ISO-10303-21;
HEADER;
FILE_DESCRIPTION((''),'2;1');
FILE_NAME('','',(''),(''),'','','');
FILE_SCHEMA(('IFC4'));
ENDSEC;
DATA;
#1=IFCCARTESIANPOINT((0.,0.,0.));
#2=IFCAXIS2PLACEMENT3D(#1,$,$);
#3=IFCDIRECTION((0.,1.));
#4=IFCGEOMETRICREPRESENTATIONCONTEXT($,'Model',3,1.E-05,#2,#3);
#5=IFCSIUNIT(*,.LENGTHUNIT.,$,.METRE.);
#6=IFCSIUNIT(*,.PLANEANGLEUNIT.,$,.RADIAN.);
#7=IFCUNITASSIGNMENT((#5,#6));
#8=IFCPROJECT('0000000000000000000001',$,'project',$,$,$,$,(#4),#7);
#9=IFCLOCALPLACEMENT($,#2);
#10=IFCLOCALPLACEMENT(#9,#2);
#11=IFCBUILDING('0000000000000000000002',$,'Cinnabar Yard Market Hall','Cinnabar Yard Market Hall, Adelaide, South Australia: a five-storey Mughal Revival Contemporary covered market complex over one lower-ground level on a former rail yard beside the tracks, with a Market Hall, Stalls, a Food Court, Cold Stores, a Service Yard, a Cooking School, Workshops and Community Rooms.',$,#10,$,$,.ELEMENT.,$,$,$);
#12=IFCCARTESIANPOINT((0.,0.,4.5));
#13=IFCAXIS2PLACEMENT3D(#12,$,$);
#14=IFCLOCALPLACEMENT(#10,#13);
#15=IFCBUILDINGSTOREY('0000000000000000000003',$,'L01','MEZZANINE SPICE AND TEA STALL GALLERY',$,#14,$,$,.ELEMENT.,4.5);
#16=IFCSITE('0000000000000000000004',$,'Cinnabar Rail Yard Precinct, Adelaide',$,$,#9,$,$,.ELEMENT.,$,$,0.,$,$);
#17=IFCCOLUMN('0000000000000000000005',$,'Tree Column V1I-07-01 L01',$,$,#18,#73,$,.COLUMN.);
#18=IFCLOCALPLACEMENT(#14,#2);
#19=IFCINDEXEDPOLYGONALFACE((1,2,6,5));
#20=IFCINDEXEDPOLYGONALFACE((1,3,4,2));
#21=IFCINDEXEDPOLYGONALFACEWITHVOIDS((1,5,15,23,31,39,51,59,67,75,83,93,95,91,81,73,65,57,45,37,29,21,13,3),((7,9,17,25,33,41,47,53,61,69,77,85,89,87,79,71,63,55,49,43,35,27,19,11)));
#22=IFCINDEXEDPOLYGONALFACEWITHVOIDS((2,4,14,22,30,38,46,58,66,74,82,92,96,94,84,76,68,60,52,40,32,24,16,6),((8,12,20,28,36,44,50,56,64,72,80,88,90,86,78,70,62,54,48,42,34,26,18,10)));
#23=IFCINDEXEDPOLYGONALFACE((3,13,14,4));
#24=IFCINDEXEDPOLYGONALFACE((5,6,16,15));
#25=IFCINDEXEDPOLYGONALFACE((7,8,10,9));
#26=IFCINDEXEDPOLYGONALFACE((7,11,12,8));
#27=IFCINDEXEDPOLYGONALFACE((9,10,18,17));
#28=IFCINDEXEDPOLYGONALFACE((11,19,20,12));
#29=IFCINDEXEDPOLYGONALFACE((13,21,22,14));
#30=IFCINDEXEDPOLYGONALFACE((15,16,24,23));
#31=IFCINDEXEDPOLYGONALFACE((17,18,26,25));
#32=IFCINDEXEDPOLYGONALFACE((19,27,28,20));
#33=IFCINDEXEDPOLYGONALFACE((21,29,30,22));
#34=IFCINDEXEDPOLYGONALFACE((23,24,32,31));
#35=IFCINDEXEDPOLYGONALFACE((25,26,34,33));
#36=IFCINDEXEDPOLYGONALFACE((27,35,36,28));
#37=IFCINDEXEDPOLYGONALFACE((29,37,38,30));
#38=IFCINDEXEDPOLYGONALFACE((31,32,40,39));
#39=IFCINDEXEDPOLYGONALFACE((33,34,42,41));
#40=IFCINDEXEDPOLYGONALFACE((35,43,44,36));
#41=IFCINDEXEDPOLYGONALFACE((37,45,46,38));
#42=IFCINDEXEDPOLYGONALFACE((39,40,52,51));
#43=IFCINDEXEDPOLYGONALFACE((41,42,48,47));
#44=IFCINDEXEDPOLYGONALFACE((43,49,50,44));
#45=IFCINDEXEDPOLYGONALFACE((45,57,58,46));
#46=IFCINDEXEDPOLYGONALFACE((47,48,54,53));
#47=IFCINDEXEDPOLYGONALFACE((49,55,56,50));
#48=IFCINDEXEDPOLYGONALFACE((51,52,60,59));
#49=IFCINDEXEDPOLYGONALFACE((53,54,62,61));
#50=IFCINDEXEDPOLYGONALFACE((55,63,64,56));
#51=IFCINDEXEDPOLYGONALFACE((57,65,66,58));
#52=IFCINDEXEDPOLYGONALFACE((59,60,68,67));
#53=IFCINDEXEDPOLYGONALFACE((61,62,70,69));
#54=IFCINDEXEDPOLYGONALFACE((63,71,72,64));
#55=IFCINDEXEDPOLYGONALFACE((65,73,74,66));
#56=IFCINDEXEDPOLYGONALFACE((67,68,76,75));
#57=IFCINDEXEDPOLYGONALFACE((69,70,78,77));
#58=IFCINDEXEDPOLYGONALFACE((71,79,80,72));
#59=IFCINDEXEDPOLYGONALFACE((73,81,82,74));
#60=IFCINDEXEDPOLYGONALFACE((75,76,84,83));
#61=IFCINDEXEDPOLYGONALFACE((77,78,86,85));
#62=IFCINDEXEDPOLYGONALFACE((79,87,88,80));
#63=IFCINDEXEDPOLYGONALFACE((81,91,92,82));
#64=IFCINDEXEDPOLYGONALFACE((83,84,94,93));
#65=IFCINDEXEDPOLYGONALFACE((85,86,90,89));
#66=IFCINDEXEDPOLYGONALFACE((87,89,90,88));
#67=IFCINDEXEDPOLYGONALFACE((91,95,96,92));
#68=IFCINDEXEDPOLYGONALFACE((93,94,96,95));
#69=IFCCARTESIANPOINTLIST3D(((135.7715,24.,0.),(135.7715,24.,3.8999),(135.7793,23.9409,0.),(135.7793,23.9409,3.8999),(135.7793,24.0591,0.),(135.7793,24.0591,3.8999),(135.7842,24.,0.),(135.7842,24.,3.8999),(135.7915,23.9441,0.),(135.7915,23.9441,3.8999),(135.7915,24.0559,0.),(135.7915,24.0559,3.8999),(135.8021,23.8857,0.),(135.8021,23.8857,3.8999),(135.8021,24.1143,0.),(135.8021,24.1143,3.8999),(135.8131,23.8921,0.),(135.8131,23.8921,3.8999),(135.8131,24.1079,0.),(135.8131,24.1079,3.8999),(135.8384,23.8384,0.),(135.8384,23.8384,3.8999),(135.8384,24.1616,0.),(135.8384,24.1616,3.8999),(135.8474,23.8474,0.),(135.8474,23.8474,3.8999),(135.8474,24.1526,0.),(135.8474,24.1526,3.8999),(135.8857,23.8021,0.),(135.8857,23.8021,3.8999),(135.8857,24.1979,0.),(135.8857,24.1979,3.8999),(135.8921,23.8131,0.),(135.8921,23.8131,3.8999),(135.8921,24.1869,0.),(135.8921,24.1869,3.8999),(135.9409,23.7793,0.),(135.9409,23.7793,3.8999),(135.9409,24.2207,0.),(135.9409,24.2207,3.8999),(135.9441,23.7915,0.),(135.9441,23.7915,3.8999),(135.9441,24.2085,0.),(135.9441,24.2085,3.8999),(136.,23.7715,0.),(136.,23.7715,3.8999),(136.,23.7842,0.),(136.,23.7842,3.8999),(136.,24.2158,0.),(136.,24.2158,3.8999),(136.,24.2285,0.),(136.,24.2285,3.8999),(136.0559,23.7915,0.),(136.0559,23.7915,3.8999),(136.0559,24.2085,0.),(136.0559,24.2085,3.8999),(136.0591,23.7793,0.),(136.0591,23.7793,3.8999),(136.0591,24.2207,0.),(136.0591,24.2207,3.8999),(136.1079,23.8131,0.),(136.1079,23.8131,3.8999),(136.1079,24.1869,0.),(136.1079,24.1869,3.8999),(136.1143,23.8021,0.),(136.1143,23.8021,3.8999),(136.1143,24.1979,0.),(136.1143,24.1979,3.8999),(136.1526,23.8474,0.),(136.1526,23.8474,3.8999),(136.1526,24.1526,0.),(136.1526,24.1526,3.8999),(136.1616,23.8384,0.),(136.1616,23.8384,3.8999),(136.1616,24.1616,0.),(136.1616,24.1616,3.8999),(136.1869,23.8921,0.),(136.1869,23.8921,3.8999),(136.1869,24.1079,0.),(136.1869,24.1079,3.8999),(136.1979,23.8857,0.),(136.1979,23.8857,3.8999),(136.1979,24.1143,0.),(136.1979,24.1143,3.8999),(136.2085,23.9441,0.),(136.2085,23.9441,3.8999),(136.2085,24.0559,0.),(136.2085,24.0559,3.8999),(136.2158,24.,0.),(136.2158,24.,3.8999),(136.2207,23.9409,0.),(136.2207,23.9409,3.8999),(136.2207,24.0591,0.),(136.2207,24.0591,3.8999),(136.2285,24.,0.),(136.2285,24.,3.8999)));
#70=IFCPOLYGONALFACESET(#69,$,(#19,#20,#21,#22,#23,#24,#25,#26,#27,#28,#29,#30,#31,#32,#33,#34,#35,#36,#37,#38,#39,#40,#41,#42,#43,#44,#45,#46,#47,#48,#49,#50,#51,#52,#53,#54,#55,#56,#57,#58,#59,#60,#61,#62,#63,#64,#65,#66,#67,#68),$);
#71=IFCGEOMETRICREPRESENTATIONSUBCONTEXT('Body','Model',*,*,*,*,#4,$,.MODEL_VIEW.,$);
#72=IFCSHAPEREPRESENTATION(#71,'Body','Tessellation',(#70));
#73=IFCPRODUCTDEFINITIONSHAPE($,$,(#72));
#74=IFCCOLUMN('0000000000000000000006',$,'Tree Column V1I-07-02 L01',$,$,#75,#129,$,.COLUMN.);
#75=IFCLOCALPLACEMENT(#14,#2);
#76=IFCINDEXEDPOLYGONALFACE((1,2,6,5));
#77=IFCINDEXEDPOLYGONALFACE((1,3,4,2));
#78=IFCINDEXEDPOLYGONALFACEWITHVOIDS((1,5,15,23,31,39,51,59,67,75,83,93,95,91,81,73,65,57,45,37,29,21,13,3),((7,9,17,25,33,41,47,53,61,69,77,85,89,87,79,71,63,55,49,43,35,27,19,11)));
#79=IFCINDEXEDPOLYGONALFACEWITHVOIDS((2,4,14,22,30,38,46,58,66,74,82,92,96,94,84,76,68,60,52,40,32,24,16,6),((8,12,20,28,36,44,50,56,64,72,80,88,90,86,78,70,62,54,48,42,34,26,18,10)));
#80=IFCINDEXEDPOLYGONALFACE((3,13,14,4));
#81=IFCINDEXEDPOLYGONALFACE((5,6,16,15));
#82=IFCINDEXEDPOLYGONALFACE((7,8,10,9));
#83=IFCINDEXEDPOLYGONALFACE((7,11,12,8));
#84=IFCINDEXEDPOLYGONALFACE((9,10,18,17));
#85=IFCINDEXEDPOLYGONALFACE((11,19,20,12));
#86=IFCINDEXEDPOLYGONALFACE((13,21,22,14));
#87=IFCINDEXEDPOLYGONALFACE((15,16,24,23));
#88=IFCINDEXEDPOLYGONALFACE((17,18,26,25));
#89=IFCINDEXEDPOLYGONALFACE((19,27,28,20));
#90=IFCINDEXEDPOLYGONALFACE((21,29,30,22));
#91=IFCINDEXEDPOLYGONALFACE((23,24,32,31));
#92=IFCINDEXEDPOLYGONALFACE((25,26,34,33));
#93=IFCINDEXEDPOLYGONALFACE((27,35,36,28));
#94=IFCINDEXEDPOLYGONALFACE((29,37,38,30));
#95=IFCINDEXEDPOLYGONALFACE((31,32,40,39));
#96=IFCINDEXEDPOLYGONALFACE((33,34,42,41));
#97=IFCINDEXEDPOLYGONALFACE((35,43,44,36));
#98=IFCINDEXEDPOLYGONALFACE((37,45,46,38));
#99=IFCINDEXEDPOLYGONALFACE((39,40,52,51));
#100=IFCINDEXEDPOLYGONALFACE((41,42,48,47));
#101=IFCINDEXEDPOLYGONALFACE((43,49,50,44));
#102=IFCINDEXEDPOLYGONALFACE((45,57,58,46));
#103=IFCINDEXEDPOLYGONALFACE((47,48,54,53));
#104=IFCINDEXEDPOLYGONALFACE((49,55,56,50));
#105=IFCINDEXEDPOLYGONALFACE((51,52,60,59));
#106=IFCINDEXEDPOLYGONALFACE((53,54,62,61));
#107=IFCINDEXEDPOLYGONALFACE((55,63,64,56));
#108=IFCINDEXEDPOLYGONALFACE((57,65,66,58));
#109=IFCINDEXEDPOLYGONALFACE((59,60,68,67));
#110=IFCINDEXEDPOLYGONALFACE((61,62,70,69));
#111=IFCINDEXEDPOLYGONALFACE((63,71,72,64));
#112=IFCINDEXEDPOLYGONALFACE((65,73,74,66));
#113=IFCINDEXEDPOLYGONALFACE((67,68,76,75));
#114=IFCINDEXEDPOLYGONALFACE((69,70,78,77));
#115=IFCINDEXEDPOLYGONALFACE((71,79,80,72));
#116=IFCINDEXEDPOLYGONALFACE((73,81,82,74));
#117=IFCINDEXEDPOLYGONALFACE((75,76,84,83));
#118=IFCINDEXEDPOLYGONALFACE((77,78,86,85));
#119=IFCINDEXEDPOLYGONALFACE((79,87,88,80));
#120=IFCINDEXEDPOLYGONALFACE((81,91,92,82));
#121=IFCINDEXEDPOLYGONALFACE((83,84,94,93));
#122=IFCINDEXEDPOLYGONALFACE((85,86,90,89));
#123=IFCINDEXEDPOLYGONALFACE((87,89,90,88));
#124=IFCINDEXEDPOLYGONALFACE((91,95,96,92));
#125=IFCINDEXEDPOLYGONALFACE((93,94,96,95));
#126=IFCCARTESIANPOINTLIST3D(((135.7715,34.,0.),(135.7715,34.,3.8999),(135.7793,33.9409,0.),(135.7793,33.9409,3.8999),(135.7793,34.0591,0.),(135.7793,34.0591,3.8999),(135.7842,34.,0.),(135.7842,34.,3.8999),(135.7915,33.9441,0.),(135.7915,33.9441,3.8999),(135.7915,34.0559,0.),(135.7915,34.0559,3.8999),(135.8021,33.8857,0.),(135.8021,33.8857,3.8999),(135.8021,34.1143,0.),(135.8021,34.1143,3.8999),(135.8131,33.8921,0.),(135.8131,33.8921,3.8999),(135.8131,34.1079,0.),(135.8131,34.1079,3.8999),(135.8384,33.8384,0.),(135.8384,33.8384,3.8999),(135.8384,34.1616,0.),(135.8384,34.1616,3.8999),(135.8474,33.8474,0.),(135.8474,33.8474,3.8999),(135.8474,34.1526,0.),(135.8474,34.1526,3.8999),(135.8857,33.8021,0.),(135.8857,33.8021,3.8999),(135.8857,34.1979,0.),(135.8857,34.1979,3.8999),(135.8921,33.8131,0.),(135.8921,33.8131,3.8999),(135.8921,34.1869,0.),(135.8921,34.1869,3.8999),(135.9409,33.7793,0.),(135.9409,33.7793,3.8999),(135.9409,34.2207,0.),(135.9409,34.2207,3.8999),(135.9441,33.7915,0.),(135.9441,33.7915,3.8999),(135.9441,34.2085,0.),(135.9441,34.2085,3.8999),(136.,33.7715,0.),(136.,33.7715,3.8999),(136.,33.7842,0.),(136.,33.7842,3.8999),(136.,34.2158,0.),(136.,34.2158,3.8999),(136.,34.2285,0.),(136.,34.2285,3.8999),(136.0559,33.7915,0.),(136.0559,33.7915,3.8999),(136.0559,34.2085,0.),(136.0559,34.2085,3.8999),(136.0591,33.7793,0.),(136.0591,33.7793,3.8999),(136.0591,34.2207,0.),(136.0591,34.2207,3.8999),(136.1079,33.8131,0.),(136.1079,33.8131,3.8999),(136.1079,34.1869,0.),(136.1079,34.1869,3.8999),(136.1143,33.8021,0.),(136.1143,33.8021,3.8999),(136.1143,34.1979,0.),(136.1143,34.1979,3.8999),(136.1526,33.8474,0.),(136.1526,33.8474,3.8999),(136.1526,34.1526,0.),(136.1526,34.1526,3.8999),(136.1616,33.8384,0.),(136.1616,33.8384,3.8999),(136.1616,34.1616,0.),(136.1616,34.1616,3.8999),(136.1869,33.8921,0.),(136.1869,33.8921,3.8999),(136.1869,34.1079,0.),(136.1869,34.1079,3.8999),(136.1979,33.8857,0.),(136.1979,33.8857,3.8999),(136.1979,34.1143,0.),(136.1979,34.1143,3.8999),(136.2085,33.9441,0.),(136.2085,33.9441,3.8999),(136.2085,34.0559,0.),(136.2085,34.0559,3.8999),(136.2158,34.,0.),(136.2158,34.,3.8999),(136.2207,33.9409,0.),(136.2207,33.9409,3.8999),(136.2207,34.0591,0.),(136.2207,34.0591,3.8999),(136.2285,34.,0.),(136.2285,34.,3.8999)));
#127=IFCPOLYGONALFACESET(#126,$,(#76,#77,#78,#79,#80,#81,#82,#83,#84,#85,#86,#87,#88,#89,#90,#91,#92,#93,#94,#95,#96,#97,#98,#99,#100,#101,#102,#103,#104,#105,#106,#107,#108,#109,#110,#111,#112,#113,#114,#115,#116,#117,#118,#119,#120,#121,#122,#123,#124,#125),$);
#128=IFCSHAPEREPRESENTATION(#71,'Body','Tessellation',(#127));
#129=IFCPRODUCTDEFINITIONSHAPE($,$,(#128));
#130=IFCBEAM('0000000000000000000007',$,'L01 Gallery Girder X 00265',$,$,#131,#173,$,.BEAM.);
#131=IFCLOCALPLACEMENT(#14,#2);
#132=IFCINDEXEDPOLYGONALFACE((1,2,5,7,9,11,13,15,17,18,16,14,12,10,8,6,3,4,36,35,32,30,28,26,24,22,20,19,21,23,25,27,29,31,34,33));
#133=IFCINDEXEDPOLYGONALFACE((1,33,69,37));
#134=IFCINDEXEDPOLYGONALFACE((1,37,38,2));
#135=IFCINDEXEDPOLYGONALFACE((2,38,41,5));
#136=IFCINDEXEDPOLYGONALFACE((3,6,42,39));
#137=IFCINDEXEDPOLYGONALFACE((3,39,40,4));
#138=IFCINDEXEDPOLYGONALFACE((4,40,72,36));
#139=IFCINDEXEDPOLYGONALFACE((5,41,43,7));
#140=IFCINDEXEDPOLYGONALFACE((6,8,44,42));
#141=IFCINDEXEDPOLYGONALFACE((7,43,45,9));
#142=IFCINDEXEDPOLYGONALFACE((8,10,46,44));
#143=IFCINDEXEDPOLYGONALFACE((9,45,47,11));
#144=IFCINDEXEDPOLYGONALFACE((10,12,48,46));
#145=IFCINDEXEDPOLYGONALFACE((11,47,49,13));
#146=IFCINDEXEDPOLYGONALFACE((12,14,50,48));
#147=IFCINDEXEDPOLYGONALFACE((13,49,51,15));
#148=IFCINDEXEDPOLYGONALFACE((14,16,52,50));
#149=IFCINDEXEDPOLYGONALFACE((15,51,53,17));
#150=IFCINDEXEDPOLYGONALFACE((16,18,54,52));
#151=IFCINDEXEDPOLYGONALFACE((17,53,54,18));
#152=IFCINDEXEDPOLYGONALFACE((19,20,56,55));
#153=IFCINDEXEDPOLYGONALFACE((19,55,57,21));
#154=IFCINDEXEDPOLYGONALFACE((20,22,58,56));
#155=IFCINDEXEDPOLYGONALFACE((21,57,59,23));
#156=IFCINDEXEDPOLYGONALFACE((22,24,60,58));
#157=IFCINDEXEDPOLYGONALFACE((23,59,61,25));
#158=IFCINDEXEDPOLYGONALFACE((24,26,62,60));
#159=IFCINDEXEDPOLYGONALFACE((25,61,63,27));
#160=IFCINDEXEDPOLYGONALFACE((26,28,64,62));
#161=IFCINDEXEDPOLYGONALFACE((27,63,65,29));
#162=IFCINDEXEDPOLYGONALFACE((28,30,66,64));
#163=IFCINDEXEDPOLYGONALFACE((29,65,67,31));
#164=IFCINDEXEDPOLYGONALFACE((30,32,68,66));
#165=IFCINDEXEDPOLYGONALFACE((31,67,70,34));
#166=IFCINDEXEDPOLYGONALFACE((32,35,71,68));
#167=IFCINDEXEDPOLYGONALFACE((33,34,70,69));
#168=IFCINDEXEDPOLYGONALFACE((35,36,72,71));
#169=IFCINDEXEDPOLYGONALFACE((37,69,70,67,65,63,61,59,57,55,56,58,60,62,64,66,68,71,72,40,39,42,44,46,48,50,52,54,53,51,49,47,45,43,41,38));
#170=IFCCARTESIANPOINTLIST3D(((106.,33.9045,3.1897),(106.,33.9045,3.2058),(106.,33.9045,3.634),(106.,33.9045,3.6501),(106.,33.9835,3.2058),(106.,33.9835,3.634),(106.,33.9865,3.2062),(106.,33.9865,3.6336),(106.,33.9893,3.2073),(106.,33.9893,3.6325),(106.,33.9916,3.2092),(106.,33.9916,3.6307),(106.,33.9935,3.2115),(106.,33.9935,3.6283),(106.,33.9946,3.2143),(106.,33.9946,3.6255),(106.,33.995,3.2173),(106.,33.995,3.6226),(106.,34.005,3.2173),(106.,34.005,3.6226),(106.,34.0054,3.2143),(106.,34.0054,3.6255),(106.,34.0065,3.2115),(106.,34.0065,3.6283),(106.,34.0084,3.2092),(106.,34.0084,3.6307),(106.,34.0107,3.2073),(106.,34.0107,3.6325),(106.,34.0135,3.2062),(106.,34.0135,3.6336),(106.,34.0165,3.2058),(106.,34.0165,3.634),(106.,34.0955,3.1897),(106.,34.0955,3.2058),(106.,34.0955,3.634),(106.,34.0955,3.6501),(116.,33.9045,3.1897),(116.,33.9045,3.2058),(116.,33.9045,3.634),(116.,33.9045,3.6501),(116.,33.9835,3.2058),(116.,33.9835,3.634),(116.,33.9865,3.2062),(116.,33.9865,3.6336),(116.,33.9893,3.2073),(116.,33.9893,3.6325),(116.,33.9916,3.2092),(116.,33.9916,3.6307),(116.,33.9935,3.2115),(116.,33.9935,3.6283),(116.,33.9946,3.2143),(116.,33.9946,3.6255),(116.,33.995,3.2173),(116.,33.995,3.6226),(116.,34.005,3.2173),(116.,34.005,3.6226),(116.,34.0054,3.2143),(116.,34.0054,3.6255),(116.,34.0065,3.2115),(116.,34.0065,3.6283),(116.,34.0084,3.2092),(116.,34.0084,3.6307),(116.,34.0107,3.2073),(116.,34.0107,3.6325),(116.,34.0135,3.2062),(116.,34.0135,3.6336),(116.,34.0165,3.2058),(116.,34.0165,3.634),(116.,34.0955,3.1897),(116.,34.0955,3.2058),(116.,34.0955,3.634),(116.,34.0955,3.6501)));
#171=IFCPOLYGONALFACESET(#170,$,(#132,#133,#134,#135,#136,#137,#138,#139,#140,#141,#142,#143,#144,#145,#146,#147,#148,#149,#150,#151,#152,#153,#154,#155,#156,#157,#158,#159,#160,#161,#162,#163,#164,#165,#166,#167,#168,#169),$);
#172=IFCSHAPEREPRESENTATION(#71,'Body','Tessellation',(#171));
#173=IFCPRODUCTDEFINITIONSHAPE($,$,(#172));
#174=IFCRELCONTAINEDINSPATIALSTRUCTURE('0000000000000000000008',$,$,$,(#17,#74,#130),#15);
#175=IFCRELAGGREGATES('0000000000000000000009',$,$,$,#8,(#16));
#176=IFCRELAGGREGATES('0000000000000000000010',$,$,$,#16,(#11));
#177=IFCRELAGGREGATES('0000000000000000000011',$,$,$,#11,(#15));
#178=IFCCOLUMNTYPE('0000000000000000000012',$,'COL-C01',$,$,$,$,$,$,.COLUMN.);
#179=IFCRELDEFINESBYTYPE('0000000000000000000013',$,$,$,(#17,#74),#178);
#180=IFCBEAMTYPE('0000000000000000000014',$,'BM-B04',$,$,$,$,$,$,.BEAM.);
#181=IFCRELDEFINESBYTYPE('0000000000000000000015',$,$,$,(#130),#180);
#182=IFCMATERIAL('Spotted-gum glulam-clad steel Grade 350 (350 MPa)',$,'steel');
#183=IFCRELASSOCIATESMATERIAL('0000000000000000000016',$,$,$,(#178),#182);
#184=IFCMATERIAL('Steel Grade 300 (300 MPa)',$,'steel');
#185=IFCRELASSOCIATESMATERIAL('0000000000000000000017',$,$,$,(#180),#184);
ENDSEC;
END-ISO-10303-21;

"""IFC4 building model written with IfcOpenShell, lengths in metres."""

from ifc_helpers import new_model, si_unit, direction, frame, origin, origin_2d_with_axis, place, context, subcontext, project, spatial, hollow_circle, i_section, extrude, material, material_profile, profile_set, type_object, element, save


model = new_model("IFC4")

# Units and contexts
model_context = context("Model", 3, precision=1e-05, world=origin(), true_north=direction((0.0, 1.0)))
body_context = subcontext(model_context, "Body", "Model", "MODEL_VIEW")
ifc_project = project(units=[si_unit("LENGTHUNIT", "METRE"), si_unit("PLANEANGLEUNIT", "RADIAN")], contexts=[model_context])

# Site, building, storey
site_placement = place(None, origin())
site = spatial("IfcSite", under=ifc_project, at=site_placement, Name="Cinnabar Rail Yard Precinct, Adelaide", CompositionType="ELEMENT", RefElevation=0.0)
building_placement = place(site_placement, origin())
building = spatial("IfcBuilding", under=site, at=building_placement, Name="Cinnabar Yard Market Hall", Description="Cinnabar Yard Market Hall, Adelaide, South Australia: a five-storey Mughal Revival Contemporary covered market complex over one lower-ground level on a former rail yard beside the tracks, with a Market Hall, Stalls, a Food Court, Cold Stores, a Service Yard, a Cooking School, Workshops and Community Rooms.", CompositionType="ELEMENT")
storey_placement = place(building_placement, frame((0.0, 0.0, 4.5)))
storey = spatial("IfcBuildingStorey", under=building, at=storey_placement, Name="L01", Description="MEZZANINE SPICE AND TEA STALL GALLERY", CompositionType="ELEMENT", Elevation=4.5)

# Columns
ifc_material_1 = material(Name="Spotted-gum glulam-clad steel Grade 350 (350 MPa)", Category="steel")
ifc_material_profile_1 = material_profile(ifc_material_1, hollow_circle(Radius=0.2285, WallThickness=0.0127, at=origin_2d_with_axis()), Name="457.0x12.7CHS")
ifc_profile_set_1 = profile_set([ifc_material_profile_1], Name="Spotted-gum glulam-clad steel Grade 350 (350 MPa)")
column_type = type_object("IfcColumnType", Name="COL-C01", PredefinedType="COLUMN", material=ifc_profile_set_1)
for number, where, z_axis, x_axis, name in (
    (1, (136.0, 24.0, 0.0), (0.0, 0.0, 1.0), (1.0, 0.0, 0.0), "Tree Column V1I-07-01 L01"),
    (2, (136.0, 34.0, 0.0), (0.0, 0.0, 1.0), (1.0, 0.0, 0.0), "Tree Column V1I-07-02 L01"),
):
    element("IfcColumn", number, at=place(storey_placement, frame(where, z_axis=z_axis, x_axis=x_axis)), inside=storey, type_object=column_type, Name=name, PredefinedType="COLUMN", context=body_context, shape_type="SweptSolid", body=[
        extrude(hollow_circle(Radius=0.2285, WallThickness=0.0127, at=origin_2d_with_axis()), origin(), (0.0, 0.0, 1.0), 3.8999),
    ])

# Beam
ifc_material_2 = material(Name="Steel Grade 300 (300 MPa)", Category="steel")
ifc_material_profile_2 = material_profile(ifc_material_2, i_section(OverallWidth=0.1909, OverallDepth=0.4604, WebThickness=0.01, FlangeThickness=0.0161, FilletRadius=0.0115, at=origin_2d_with_axis()), Name="460UB82.1")
ifc_profile_set_2 = profile_set([ifc_material_profile_2], Name="Steel Grade 300 (300 MPa)")
beam_type_1 = type_object("IfcBeamType", Name="BM-B04", PredefinedType="BEAM", material=ifc_profile_set_2)
for number, where, z_axis, x_axis, name in (
    (3, (106.0, 34.0, 3.4199), (1.0, 0.0, 0.0), (0.0, 1.0, 0.0), "L01 Gallery Girder X 00265"),
):
    element("IfcBeam", number, at=place(storey_placement, frame(where, z_axis=z_axis, x_axis=x_axis)), inside=storey, type_object=beam_type_1, Name=name, PredefinedType="BEAM", context=body_context, shape_type="SweptSolid", body=[
        extrude(i_section(OverallWidth=0.1909, OverallDepth=0.4604, WebThickness=0.01, FlangeThickness=0.0161, FilletRadius=0.0115, at=origin_2d_with_axis()), origin(), (0.0, 0.0, 1.0), 10.0),
    ])

save(model, "model.ifc")
